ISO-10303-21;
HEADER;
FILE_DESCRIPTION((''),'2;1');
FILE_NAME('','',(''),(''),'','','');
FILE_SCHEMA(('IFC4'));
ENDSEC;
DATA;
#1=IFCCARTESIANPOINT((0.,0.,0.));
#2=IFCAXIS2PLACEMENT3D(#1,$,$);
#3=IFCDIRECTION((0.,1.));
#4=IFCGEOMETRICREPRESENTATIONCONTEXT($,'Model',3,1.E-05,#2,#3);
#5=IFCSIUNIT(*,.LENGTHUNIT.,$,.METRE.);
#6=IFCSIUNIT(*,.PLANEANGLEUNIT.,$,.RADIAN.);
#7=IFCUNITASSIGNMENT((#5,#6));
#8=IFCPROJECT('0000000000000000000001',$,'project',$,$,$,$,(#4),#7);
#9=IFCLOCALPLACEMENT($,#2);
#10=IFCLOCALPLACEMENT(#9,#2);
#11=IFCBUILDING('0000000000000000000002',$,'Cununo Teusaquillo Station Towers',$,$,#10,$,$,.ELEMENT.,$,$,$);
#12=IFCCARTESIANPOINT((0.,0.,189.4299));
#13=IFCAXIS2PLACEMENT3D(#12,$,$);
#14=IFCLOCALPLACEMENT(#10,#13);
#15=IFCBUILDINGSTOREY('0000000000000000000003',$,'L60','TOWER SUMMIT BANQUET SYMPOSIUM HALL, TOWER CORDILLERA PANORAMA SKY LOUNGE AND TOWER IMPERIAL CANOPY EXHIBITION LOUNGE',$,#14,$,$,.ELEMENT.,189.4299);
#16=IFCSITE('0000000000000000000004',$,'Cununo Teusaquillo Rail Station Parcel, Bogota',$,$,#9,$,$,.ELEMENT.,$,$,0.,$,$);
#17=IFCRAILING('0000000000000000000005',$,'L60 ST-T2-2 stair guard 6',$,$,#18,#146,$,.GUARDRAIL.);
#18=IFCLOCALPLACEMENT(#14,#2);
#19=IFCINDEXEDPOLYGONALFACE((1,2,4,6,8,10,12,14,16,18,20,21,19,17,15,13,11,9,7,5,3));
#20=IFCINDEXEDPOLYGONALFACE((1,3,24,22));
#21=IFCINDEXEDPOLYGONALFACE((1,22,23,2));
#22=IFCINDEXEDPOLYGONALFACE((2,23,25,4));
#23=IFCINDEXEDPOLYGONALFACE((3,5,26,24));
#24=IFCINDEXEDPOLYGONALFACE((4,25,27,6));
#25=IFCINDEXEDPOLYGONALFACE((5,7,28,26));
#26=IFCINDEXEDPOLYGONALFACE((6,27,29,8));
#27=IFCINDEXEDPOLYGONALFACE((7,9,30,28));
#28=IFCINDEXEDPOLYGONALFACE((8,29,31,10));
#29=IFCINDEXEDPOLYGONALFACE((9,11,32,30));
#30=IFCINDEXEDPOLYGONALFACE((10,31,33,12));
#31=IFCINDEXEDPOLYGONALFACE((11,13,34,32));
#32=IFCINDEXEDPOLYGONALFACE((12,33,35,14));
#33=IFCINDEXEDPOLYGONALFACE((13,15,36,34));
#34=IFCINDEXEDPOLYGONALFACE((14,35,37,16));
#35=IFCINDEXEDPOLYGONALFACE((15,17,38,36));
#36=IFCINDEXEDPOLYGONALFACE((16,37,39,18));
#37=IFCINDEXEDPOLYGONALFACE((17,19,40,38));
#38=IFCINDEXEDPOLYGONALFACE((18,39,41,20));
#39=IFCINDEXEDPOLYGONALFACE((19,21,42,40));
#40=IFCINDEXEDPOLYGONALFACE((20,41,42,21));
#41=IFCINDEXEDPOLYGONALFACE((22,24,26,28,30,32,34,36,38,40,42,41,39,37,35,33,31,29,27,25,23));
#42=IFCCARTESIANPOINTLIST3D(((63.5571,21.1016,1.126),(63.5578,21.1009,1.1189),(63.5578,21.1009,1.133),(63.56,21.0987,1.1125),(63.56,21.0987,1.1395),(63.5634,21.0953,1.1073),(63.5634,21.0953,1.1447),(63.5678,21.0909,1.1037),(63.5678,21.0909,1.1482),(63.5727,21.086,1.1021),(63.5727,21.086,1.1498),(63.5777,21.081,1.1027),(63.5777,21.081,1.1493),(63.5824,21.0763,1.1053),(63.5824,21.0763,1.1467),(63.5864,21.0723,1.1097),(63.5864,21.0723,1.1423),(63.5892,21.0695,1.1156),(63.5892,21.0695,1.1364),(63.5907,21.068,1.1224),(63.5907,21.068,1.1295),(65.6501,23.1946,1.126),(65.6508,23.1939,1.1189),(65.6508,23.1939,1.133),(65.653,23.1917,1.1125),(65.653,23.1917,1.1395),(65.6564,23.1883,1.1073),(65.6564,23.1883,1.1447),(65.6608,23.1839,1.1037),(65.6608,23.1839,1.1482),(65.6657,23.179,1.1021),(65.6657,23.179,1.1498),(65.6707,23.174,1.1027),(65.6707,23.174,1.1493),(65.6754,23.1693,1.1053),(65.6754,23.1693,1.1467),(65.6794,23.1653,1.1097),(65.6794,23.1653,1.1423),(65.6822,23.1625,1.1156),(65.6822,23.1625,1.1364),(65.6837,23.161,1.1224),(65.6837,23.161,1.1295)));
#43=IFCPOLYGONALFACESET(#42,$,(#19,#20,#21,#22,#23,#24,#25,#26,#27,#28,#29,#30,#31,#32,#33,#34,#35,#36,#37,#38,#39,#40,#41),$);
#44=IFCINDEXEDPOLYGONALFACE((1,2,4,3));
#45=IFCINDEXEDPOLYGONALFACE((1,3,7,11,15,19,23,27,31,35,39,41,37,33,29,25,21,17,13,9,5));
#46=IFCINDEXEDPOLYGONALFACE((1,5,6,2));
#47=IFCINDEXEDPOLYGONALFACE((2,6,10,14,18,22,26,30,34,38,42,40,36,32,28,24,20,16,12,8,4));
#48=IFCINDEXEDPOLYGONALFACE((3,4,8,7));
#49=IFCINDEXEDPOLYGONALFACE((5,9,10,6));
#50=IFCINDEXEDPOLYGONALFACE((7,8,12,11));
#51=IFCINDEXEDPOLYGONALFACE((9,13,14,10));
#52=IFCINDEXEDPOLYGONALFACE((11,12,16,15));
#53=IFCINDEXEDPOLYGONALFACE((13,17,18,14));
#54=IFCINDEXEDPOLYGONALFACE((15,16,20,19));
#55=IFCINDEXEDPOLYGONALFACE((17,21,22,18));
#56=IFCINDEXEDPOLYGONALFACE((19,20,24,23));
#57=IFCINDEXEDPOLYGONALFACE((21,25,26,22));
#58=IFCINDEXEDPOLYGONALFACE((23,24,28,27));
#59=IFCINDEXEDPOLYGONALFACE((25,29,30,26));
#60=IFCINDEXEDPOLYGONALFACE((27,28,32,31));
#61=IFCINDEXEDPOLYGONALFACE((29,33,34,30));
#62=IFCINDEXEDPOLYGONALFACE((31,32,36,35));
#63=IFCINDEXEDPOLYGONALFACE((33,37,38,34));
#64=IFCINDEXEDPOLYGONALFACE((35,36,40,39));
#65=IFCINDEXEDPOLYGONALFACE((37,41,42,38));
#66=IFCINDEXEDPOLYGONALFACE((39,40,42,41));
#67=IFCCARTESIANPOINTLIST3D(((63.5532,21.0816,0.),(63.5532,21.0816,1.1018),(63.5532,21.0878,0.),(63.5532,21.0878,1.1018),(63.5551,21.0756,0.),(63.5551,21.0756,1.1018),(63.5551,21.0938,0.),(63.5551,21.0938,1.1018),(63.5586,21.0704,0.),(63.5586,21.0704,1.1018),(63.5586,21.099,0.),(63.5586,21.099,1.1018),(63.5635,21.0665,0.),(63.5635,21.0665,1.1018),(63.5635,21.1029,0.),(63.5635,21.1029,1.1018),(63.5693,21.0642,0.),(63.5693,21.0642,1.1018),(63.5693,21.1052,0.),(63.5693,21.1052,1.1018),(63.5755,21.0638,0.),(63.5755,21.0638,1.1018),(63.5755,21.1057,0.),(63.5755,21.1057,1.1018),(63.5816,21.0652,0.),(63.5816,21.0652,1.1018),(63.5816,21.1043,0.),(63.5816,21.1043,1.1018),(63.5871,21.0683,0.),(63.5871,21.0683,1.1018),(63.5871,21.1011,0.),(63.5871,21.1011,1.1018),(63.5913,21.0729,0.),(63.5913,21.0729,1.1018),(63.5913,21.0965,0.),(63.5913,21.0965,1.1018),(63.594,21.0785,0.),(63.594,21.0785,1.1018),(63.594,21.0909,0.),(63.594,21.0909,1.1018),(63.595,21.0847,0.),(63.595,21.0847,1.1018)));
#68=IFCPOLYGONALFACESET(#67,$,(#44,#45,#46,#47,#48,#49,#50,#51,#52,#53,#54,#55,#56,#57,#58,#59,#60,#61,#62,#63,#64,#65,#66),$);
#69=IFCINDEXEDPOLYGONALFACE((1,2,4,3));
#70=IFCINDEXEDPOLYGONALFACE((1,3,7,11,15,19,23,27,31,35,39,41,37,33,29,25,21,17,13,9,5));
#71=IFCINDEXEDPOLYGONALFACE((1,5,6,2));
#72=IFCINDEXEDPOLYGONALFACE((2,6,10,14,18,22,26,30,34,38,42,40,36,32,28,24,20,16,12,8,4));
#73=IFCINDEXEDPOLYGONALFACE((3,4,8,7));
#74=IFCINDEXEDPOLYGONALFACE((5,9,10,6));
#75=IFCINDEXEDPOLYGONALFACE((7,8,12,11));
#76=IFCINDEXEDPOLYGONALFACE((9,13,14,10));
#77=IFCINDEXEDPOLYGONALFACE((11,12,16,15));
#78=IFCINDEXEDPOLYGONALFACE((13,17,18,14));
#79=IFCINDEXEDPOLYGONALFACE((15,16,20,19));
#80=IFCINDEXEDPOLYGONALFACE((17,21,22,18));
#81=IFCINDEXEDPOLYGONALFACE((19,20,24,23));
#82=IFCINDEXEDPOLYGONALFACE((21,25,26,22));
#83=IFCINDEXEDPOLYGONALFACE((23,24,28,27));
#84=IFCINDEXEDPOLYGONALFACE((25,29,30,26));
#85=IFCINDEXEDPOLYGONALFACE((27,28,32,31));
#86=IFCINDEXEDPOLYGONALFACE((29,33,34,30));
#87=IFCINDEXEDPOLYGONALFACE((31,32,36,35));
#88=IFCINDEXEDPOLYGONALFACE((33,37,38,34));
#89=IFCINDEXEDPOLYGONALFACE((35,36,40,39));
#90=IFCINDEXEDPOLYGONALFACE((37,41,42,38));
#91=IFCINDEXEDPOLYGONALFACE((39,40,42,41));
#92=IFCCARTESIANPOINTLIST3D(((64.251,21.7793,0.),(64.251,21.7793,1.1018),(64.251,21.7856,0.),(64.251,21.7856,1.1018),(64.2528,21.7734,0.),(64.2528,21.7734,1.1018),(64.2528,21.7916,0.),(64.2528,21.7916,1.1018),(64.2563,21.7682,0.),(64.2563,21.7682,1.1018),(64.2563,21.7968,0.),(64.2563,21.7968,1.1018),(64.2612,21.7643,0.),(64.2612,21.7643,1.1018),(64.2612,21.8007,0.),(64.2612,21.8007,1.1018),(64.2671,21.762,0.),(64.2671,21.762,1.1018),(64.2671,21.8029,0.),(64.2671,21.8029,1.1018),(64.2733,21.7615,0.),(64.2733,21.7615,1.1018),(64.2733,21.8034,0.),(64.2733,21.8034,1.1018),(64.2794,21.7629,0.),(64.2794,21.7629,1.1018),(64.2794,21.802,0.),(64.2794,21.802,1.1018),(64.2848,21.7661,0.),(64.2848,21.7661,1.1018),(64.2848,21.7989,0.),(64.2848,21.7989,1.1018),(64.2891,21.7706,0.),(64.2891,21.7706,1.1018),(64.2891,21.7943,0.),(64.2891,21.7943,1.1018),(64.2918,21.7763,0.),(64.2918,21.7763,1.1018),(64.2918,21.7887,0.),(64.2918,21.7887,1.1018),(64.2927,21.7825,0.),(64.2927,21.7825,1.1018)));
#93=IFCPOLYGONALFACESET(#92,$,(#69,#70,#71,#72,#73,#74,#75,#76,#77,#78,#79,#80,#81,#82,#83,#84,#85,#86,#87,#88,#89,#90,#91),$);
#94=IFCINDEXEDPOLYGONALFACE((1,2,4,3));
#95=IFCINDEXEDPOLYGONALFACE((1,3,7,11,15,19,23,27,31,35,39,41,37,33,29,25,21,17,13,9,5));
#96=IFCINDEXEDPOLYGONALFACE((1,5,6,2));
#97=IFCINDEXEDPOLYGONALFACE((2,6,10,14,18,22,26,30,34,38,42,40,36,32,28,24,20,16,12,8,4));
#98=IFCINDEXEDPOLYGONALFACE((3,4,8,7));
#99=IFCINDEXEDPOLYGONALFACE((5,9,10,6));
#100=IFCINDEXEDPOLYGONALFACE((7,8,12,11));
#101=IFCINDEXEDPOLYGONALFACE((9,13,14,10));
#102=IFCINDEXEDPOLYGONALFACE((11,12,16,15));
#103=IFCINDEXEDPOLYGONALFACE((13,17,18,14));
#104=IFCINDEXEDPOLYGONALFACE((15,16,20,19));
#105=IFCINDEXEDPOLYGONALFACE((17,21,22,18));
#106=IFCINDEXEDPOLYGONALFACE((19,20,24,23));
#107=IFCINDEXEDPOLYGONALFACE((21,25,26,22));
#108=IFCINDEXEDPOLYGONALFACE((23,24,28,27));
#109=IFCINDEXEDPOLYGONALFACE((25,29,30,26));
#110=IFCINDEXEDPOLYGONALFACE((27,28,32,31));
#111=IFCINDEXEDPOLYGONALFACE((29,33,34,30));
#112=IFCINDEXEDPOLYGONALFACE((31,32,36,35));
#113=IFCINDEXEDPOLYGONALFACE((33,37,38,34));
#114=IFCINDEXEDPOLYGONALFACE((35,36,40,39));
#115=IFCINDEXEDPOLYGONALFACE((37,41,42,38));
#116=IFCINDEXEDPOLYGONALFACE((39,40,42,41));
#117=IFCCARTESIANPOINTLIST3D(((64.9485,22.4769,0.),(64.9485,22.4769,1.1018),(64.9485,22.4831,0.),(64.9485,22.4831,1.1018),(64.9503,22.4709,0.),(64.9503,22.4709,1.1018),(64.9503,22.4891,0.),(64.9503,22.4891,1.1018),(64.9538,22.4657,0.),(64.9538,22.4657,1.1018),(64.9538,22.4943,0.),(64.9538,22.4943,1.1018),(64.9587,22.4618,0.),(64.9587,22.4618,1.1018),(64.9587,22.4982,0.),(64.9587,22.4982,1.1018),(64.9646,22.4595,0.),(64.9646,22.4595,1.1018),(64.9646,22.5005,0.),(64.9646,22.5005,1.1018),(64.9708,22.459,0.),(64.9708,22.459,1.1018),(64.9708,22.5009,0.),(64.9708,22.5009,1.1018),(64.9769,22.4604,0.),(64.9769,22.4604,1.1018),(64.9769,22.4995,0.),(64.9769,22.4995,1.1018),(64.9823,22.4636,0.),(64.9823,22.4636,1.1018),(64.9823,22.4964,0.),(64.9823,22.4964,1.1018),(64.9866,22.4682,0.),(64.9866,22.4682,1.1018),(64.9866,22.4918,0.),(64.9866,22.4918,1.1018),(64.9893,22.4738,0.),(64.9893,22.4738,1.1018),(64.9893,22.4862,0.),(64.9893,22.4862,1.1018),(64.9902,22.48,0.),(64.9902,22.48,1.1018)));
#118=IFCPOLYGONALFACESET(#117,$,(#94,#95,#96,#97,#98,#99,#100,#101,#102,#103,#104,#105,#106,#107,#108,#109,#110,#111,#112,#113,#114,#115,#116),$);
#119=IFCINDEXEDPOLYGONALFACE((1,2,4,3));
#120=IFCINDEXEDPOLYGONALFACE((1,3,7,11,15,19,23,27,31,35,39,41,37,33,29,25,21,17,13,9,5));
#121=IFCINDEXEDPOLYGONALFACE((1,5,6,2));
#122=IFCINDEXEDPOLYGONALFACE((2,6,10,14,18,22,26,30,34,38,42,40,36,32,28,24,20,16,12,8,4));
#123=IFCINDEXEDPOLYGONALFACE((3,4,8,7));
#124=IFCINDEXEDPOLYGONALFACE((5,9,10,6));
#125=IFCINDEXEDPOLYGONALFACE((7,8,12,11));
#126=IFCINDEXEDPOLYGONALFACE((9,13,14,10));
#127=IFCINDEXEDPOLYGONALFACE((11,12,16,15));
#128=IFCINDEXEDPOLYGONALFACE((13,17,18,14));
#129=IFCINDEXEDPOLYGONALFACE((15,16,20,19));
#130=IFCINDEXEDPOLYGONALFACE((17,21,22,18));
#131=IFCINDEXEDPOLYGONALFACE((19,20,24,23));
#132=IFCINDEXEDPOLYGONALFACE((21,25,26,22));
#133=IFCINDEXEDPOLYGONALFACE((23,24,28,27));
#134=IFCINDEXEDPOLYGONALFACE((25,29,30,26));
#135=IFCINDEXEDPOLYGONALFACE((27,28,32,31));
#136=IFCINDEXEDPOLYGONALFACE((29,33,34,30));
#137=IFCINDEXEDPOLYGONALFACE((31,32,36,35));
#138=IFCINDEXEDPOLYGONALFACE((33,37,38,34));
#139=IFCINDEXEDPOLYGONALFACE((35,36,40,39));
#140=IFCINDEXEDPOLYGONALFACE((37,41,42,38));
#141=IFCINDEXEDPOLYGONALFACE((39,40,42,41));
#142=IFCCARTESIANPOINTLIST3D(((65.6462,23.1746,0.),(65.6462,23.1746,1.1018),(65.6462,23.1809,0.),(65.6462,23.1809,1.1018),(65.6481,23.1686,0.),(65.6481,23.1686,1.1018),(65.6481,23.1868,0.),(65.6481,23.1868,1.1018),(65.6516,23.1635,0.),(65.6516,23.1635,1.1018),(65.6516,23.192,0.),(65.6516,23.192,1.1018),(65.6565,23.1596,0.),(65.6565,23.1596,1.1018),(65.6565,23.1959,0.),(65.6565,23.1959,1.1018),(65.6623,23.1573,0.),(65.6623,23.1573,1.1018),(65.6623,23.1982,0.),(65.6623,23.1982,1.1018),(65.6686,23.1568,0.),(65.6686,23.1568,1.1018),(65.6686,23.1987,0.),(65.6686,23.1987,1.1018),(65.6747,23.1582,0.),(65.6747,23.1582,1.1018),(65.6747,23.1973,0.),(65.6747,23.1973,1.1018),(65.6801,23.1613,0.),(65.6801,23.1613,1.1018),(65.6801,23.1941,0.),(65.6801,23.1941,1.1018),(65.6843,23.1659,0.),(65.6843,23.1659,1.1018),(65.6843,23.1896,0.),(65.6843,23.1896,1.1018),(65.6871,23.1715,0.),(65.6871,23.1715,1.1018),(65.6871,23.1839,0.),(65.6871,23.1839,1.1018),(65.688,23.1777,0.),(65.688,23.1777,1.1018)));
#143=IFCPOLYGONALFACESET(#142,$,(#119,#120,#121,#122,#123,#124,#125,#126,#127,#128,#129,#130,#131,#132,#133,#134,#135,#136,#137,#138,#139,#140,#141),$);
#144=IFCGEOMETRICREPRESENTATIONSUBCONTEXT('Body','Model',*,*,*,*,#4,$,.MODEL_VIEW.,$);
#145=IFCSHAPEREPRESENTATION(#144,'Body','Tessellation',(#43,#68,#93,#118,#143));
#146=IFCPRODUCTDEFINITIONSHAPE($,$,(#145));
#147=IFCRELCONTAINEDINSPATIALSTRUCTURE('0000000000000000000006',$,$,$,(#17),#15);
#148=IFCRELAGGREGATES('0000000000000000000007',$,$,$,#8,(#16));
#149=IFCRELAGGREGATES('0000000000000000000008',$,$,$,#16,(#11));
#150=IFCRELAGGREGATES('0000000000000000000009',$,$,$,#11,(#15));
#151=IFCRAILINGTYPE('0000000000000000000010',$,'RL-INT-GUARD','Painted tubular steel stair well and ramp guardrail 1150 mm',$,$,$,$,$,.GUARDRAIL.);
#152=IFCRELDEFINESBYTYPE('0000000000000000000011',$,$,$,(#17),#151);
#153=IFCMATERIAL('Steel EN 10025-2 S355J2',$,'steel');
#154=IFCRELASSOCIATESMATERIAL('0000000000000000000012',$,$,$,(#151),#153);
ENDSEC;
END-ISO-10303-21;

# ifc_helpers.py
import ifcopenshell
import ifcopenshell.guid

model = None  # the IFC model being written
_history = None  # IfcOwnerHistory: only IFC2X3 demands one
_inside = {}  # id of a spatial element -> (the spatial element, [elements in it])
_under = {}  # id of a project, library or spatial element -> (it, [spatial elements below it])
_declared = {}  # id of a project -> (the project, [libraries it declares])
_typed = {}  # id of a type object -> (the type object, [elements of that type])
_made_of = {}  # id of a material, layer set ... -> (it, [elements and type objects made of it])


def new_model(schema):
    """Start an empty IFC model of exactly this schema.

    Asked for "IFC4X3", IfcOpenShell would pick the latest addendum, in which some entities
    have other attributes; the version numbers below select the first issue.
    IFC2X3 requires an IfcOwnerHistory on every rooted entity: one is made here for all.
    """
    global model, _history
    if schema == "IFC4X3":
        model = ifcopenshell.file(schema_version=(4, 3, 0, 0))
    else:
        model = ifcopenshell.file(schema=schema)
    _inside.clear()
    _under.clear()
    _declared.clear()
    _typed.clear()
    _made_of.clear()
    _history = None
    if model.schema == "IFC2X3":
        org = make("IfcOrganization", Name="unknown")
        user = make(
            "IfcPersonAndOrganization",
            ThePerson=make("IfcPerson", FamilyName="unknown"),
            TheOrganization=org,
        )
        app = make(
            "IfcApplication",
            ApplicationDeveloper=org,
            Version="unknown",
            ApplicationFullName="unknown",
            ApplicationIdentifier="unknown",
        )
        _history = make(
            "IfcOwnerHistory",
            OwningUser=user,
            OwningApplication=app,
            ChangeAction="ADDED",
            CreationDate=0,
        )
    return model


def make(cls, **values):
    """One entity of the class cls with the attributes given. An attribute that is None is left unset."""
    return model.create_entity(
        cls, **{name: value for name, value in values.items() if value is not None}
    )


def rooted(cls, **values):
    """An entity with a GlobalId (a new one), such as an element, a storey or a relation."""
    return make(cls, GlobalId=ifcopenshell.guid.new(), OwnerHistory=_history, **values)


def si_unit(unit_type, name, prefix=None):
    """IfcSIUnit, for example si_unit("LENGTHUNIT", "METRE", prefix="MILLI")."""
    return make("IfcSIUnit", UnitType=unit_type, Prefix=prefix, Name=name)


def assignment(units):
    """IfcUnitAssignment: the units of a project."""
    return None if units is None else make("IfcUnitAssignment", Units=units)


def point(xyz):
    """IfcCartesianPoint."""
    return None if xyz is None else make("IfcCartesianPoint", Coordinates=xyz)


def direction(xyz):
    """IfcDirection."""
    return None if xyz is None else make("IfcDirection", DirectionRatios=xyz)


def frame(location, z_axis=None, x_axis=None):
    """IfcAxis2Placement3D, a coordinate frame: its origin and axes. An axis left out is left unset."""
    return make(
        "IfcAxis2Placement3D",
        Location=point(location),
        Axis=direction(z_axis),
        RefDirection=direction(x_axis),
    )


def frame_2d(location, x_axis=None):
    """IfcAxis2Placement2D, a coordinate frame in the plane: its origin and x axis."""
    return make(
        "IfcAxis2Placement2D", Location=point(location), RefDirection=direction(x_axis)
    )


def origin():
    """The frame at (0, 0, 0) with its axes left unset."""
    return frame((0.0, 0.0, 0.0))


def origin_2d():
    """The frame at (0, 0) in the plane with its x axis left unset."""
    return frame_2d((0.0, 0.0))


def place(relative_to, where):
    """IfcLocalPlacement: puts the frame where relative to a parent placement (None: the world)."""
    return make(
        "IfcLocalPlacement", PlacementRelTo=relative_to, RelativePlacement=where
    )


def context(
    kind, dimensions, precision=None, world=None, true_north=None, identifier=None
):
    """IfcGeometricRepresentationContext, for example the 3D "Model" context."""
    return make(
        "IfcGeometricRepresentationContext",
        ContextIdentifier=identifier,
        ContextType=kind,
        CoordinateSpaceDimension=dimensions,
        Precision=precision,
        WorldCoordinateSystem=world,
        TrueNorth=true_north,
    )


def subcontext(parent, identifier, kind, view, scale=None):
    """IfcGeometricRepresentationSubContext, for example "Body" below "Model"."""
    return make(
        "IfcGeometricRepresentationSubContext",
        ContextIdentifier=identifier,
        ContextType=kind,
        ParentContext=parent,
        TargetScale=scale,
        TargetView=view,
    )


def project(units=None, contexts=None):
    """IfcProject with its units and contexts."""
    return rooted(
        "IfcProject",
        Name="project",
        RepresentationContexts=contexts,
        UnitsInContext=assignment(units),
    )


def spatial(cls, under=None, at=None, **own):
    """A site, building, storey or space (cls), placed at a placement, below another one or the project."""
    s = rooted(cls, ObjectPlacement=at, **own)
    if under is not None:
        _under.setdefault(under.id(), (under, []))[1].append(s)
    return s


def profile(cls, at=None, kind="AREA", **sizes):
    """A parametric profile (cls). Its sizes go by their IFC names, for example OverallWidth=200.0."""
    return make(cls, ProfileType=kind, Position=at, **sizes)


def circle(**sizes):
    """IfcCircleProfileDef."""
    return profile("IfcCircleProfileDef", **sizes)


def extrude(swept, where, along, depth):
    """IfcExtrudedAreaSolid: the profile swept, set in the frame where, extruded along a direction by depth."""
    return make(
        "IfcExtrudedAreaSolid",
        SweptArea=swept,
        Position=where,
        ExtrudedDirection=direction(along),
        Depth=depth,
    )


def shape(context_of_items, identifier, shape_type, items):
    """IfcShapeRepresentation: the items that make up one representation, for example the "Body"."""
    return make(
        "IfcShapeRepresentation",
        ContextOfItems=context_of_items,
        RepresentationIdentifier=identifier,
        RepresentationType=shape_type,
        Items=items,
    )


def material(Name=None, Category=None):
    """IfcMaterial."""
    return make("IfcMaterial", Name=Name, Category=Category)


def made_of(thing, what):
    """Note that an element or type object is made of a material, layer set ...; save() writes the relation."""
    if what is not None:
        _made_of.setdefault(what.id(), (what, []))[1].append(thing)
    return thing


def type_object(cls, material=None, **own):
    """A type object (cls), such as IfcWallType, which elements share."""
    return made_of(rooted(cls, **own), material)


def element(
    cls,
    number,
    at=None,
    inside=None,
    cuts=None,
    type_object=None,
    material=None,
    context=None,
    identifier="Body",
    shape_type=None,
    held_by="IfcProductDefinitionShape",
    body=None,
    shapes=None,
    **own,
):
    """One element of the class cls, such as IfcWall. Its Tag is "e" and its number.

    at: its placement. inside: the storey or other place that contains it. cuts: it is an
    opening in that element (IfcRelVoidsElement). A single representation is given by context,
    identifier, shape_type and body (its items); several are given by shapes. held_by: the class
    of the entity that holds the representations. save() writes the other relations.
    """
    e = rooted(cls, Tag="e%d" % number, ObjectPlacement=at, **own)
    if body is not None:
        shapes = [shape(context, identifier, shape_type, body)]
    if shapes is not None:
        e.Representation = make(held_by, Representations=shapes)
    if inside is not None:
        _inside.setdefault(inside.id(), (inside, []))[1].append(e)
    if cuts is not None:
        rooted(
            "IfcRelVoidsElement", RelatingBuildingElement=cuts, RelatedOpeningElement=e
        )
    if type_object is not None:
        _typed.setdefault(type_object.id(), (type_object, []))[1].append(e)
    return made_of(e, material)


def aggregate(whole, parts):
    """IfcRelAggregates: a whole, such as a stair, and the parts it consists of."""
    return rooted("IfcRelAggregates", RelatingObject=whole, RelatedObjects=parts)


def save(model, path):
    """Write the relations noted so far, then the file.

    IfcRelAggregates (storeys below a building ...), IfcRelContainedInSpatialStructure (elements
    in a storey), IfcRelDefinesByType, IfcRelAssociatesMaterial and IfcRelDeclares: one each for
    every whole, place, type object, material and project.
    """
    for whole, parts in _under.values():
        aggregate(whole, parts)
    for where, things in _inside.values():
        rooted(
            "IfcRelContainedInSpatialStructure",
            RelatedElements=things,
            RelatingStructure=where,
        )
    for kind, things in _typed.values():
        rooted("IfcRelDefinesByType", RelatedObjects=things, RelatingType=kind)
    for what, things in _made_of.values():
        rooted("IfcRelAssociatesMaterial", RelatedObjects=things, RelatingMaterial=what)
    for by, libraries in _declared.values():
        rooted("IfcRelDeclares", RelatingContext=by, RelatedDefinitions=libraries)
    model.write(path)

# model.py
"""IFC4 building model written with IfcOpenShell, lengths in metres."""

from ifc_helpers import new_model, si_unit, direction, frame, origin, origin_2d, place, context, subcontext, project, spatial, circle, extrude, material, type_object, element, save


model = new_model("IFC4")

# Units and contexts
model_context = context("Model", 3, precision=1e-05, world=origin(), true_north=direction((0.0, 1.0)))
body_context = subcontext(model_context, "Body", "Model", "MODEL_VIEW")
ifc_project = project(units=[si_unit("LENGTHUNIT", "METRE"), si_unit("PLANEANGLEUNIT", "RADIAN")], contexts=[model_context])

# Site, building, storey
site_placement = place(None, origin())
site = spatial("IfcSite", under=ifc_project, at=site_placement, Name="Cununo Teusaquillo Rail Station Parcel, Bogota", CompositionType="ELEMENT", RefElevation=0.0)
building_placement = place(site_placement, origin())
building = spatial("IfcBuilding", under=site, at=building_placement, Name="Cununo Teusaquillo Station Towers", CompositionType="ELEMENT")
storey_placement = place(building_placement, frame((0.0, 0.0, 189.4299)))
storey = spatial("IfcBuildingStorey", under=building, at=storey_placement, Name="L60", Description="TOWER SUMMIT BANQUET SYMPOSIUM HALL, TOWER CORDILLERA PANORAMA SKY LOUNGE AND TOWER IMPERIAL CANOPY EXHIBITION LOUNGE", CompositionType="ELEMENT", Elevation=189.4299)

# Railing
ifc_material_1 = material(Name="Steel EN 10025-2 S355J2", Category="steel")
railing_type = type_object("IfcRailingType", Name="RL-INT-GUARD", Description="Painted tubular steel stair well and ramp guardrail 1150 mm", PredefinedType="GUARDRAIL", material=ifc_material_1)
railing_1_placement = place(storey_placement, frame((63.574, 21.0847, 0.0)))
element("IfcRailing", 1, at=railing_1_placement, inside=storey, type_object=railing_type, Name="L60 ST-T2-2 stair guard 6", PredefinedType="GUARDRAIL", context=body_context, shape_type="SweptSolid", body=[
    extrude(circle(Radius=0.0239, at=origin_2d()), frame((0.0, 0.0, 1.126), z_axis=(0.707107, 0.707107, 0.0), x_axis=(-0.707107, 0.707107, 0.0)), (0.0, 0.0, 1.0), 2.96),
    extrude(circle(Radius=0.021, at=origin_2d()), origin(), (0.0, 0.0, 1.0), 1.1018),
    extrude(circle(Radius=0.021, at=origin_2d()), frame((0.6978, 0.6978, 0.0)), (0.0, 0.0, 1.0), 1.1018),
    extrude(circle(Radius=0.021, at=origin_2d()), frame((1.3953, 1.3953, 0.0)), (0.0, 0.0, 1.0), 1.1018),
    extrude(circle(Radius=0.021, at=origin_2d()), frame((2.093, 2.093, 0.0)), (0.0, 0.0, 1.0), 1.1018),
])

save(model, "model.ifc")
